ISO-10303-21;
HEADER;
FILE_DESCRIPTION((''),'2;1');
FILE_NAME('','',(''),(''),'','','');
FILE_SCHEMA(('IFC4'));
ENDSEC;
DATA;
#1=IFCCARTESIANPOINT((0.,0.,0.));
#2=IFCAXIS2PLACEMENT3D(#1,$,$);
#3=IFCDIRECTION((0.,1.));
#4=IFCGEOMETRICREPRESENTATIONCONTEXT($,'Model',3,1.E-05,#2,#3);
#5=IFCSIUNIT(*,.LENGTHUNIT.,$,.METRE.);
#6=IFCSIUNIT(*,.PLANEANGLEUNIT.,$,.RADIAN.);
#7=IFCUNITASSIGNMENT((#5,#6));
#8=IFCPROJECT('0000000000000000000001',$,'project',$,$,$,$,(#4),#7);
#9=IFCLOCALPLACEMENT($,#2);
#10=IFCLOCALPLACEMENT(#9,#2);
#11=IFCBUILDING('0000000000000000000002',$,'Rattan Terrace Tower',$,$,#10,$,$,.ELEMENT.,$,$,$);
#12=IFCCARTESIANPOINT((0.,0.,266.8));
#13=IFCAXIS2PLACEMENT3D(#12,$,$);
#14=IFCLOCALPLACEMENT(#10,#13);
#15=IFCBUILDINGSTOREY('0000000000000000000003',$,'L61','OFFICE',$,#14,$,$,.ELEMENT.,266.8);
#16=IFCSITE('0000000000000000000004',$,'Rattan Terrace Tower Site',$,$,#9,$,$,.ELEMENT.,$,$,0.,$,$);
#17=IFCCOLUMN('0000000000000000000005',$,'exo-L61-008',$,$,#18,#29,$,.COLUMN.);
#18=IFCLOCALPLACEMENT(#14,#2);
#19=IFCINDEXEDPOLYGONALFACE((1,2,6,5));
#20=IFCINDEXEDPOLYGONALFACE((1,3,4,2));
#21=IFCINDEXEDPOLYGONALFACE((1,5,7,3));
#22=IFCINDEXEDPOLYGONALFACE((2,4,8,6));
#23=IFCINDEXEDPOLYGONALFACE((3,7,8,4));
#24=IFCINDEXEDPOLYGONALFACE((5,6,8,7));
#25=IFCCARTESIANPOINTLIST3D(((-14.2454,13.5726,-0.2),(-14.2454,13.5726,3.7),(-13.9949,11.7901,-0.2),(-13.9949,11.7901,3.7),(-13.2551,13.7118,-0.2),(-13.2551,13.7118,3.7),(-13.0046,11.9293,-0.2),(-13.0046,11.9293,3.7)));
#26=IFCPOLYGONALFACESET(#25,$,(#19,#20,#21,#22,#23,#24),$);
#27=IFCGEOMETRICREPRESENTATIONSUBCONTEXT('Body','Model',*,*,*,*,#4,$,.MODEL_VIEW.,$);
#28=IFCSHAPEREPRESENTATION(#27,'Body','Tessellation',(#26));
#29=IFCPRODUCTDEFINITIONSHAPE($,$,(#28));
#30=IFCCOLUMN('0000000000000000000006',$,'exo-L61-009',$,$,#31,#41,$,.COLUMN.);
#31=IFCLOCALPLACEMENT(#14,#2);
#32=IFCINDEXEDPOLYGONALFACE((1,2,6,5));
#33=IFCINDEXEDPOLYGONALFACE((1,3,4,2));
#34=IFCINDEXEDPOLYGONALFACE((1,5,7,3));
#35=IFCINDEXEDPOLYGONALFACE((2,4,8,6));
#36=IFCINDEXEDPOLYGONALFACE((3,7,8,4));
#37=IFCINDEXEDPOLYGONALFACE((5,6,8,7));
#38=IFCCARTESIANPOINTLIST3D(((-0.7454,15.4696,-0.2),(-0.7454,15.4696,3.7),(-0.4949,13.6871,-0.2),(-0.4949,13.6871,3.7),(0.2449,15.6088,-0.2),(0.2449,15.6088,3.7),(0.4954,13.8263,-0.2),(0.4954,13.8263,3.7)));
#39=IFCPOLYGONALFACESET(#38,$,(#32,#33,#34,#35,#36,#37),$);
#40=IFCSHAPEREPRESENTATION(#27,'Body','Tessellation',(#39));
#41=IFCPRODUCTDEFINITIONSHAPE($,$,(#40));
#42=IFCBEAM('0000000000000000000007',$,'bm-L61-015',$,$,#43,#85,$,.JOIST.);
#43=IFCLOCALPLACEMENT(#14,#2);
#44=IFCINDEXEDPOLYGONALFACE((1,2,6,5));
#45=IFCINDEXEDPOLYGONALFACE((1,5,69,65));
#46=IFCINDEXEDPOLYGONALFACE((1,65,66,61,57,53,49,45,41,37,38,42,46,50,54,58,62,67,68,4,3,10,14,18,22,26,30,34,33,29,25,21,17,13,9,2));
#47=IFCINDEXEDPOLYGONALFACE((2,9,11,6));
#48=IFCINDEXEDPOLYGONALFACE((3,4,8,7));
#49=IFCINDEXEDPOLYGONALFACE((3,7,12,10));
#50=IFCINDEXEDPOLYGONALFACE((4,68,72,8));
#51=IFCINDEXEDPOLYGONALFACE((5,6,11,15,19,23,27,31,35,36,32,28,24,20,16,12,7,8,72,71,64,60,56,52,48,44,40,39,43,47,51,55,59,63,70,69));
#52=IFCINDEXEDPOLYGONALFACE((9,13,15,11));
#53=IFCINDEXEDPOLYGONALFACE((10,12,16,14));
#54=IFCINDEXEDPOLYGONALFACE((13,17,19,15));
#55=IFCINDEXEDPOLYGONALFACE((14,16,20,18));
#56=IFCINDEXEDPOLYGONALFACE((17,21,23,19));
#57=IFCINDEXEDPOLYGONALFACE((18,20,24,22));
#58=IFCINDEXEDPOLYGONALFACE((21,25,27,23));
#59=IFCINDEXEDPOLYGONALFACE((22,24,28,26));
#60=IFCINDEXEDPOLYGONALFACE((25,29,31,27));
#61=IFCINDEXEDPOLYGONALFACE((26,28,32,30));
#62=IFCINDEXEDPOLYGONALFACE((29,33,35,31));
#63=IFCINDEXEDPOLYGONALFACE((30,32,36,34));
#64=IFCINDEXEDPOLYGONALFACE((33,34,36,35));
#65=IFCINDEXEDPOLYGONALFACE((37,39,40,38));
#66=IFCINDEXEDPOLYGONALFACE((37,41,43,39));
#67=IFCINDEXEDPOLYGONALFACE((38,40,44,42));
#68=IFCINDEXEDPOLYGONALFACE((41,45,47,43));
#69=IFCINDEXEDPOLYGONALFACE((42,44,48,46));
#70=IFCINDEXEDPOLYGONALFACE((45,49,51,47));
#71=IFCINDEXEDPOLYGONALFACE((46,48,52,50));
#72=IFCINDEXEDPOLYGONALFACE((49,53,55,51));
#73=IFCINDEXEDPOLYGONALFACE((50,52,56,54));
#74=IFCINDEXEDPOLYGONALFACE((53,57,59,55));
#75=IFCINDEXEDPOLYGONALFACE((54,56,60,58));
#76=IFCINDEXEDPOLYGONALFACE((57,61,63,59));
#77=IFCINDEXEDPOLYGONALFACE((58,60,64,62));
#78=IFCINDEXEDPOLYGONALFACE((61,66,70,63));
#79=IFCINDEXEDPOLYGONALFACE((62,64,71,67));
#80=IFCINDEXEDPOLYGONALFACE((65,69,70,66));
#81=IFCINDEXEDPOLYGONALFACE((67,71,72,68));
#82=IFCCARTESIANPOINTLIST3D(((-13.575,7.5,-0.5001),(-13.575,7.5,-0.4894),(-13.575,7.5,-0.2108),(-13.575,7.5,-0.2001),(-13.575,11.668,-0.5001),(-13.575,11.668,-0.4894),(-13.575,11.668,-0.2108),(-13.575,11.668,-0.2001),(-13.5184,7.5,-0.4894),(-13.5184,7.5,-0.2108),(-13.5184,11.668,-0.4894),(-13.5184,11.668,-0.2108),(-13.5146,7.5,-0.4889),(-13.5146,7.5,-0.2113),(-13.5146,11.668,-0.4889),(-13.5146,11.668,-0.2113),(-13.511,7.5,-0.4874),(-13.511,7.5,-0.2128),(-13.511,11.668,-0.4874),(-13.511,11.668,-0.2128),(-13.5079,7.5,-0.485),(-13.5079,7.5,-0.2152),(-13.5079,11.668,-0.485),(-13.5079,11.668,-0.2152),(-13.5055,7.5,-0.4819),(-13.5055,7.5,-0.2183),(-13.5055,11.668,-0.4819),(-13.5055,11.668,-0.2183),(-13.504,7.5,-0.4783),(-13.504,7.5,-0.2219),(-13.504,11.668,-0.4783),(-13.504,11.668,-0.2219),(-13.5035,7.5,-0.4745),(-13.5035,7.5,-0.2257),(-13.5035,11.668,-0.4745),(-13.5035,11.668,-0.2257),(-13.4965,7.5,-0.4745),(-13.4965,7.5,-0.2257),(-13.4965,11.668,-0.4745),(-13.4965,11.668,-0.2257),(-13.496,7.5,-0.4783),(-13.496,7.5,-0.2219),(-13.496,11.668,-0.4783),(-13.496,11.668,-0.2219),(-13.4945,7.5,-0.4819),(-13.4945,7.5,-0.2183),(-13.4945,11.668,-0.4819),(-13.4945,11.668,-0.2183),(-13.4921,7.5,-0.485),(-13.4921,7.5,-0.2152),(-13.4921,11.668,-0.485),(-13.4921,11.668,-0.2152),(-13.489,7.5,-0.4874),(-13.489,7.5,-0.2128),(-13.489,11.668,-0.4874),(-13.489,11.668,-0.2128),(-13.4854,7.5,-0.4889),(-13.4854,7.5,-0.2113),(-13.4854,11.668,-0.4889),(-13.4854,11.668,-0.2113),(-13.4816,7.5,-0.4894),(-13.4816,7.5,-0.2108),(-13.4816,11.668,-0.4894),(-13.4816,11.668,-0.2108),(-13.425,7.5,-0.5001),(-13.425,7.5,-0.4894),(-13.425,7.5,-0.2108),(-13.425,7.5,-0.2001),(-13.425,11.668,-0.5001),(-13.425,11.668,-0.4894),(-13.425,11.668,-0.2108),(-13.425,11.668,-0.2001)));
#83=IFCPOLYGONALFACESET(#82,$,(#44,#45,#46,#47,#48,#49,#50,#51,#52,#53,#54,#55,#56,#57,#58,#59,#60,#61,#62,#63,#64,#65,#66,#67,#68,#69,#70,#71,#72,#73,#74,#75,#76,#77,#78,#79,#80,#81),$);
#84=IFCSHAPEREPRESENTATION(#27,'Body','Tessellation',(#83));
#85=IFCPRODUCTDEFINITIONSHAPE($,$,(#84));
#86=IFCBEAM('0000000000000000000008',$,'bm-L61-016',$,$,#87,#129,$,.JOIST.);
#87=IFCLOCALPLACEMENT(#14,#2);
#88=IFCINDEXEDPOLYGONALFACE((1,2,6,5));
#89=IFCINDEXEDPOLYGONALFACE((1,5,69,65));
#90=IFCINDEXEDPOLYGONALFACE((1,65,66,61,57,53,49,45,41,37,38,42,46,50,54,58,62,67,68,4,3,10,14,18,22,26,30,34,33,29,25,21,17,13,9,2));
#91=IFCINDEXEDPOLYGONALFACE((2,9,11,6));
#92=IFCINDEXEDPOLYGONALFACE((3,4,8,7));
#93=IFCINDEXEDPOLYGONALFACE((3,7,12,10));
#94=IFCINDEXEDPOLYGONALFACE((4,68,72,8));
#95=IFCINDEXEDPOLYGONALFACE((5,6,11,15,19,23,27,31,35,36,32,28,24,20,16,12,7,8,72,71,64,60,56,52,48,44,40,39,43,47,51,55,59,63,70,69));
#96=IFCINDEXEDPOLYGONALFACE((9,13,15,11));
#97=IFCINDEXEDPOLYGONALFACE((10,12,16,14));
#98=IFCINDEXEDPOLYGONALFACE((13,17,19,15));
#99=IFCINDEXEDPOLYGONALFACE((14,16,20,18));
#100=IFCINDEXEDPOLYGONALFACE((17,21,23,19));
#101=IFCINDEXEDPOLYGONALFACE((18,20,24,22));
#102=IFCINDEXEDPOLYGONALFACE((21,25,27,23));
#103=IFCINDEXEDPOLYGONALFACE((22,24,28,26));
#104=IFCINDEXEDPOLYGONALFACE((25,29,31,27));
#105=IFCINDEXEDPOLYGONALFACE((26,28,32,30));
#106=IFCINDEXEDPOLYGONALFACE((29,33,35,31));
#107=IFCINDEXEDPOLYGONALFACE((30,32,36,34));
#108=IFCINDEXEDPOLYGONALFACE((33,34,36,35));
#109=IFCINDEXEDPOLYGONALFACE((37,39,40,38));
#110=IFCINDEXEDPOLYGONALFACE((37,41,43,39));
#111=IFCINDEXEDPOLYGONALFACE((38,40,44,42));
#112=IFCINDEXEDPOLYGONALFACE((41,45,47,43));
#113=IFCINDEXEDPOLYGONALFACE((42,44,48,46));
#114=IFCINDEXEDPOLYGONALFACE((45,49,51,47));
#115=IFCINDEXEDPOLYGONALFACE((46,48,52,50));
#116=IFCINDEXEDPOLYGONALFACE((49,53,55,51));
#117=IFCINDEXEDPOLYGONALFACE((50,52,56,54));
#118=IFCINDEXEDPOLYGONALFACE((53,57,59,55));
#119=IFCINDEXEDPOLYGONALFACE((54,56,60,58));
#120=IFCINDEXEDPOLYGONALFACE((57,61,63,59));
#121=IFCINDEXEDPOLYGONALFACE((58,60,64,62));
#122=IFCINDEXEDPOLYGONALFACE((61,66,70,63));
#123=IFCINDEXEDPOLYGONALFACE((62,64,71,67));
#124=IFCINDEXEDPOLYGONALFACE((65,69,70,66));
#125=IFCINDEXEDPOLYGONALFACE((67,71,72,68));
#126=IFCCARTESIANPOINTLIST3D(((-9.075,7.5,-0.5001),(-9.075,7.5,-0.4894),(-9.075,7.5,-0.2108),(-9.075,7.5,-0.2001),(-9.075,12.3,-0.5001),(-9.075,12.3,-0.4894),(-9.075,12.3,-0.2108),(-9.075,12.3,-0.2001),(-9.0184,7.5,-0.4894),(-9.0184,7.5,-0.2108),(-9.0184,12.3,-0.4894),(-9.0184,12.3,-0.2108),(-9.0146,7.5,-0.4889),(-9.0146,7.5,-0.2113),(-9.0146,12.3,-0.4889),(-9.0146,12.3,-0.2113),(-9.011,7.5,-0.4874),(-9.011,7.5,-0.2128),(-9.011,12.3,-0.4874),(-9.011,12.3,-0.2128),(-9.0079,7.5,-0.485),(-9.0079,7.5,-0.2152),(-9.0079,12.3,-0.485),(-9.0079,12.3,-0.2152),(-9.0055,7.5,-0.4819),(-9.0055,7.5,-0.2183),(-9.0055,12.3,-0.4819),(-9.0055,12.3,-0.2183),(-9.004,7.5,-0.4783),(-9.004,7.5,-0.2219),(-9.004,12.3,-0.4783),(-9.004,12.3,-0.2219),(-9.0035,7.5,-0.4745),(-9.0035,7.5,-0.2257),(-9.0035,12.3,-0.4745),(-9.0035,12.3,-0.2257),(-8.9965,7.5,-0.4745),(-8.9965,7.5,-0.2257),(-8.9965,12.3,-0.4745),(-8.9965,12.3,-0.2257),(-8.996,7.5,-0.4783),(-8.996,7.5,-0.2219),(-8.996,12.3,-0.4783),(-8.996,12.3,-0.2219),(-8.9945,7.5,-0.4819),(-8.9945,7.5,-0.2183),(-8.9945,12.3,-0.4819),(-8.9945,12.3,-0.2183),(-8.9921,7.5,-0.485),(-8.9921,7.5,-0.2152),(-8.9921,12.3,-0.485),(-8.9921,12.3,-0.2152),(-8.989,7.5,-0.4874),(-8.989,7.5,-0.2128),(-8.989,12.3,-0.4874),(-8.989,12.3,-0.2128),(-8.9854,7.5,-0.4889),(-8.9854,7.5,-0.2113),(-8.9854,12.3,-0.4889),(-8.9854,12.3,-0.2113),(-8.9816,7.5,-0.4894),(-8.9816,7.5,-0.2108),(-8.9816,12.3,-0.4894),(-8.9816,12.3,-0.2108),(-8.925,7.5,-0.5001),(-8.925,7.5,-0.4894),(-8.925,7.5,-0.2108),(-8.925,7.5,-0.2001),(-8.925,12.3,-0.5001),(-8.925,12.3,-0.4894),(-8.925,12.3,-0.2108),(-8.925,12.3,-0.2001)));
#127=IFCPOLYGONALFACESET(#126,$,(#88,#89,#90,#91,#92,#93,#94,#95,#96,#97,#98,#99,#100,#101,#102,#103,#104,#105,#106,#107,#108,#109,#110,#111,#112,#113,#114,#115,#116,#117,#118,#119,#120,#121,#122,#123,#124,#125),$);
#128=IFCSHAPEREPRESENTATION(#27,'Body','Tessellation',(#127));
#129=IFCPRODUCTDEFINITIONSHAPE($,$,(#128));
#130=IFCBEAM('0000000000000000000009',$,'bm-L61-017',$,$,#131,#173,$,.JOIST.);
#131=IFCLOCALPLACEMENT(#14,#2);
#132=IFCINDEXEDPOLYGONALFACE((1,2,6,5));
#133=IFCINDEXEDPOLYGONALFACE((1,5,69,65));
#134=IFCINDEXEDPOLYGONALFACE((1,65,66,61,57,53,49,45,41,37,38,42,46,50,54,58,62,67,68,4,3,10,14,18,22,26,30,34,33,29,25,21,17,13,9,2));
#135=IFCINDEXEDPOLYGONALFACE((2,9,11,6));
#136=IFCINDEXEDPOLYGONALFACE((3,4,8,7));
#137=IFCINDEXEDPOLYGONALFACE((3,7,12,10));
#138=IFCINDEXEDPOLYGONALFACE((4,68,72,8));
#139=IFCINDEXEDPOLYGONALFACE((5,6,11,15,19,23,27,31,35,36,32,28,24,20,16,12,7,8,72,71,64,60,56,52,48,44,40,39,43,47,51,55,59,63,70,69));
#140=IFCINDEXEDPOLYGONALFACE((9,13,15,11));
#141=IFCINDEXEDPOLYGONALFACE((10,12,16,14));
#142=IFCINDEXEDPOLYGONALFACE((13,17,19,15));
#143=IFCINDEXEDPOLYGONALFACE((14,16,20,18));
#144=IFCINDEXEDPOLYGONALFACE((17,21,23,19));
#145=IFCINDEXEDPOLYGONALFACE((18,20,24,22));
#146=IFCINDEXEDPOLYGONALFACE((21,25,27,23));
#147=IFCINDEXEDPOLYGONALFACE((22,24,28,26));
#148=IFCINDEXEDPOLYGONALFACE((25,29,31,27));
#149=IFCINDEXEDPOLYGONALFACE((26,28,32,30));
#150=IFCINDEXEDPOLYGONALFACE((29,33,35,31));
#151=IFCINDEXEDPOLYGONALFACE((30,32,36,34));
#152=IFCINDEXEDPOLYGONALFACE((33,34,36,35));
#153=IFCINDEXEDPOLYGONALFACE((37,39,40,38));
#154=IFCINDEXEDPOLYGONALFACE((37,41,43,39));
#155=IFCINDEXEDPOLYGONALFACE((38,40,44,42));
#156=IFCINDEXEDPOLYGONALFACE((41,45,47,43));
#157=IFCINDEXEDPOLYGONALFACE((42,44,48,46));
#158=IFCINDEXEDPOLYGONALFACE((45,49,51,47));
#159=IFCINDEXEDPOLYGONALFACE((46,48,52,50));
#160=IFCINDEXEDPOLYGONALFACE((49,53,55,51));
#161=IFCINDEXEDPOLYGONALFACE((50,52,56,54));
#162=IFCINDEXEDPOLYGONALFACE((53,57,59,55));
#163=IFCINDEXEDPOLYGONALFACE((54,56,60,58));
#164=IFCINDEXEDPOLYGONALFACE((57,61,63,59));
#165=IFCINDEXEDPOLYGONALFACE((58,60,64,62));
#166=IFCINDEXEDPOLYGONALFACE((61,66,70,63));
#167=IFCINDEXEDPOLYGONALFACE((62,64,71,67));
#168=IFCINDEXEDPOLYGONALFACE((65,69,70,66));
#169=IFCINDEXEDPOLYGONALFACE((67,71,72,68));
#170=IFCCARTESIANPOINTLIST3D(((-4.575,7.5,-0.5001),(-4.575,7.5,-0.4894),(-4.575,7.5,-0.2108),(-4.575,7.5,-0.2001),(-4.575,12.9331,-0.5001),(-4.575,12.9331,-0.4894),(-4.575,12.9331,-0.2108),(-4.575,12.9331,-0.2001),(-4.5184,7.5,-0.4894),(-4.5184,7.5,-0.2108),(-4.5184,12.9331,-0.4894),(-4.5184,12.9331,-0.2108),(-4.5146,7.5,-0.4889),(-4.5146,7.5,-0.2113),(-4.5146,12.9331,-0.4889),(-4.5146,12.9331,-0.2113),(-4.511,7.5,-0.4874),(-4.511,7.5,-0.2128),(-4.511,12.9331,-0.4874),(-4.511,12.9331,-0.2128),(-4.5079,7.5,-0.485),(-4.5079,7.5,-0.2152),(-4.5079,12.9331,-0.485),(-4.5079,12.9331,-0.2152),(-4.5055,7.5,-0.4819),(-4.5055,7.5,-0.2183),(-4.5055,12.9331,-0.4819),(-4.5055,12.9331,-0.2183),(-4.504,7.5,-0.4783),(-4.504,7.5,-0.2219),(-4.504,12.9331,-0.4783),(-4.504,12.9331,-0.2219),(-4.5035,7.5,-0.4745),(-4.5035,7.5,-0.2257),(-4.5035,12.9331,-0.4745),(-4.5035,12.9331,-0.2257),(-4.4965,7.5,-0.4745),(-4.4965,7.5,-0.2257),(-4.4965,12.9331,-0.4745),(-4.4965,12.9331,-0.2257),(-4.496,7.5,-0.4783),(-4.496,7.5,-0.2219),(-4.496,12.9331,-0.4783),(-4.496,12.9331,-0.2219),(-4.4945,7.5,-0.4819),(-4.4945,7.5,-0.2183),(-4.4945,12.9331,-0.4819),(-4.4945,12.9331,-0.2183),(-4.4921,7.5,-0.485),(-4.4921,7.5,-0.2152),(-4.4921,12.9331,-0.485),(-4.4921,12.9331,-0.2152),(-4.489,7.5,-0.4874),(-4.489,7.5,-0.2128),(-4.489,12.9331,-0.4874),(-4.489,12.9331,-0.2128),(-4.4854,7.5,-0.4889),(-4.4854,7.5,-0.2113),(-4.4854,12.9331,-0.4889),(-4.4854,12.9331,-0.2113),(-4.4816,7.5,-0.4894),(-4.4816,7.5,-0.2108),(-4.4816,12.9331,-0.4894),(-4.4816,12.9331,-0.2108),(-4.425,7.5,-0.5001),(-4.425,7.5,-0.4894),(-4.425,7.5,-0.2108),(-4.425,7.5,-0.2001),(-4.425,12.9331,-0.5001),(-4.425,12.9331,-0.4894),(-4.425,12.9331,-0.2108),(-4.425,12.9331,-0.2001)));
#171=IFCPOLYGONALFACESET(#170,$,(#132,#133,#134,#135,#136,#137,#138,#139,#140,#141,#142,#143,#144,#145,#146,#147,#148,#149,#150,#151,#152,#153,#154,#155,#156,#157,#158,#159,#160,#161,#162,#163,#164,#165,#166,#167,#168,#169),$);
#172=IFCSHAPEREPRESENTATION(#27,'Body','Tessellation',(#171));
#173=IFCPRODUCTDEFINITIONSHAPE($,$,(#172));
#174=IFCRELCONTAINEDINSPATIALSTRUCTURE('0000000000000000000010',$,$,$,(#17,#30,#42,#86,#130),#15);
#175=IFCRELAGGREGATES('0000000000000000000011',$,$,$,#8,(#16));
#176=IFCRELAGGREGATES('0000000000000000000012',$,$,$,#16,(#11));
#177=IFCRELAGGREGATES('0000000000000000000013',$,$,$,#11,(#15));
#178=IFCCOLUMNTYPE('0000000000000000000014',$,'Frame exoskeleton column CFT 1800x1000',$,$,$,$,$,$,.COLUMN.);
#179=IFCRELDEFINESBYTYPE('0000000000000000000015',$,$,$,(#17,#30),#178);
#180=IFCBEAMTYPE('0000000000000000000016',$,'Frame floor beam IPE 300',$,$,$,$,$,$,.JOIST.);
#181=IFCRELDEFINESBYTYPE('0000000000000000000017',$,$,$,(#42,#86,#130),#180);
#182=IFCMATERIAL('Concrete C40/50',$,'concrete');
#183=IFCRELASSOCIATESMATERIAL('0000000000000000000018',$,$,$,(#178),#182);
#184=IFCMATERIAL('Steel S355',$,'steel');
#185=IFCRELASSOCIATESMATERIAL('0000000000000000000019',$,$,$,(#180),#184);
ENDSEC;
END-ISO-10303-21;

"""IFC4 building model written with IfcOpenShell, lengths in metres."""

from ifc_helpers import new_model, si_unit, direction, frame, origin, origin_2d, place, context, subcontext, project, spatial, rectangle, i_section, extrude, material, material_profile, profile_set, type_object, element, save


model = new_model("IFC4")

# Units and contexts
model_context = context("Model", 3, precision=1e-05, world=origin(), true_north=direction((0.0, 1.0)))
body_context = subcontext(model_context, "Body", "Model", "MODEL_VIEW")
ifc_project = project(units=[si_unit("LENGTHUNIT", "METRE"), si_unit("PLANEANGLEUNIT", "RADIAN")], contexts=[model_context])

# Site, building, storey
site_placement = place(None, origin())
site = spatial("IfcSite", under=ifc_project, at=site_placement, Name="Rattan Terrace Tower Site", CompositionType="ELEMENT", RefElevation=0.0)
building_placement = place(site_placement, origin())
building = spatial("IfcBuilding", under=site, at=building_placement, Name="Rattan Terrace Tower", CompositionType="ELEMENT")
storey_placement = place(building_placement, frame((0.0, 0.0, 266.8)))
storey = spatial("IfcBuildingStorey", under=building, at=storey_placement, Name="L61", Description="OFFICE", CompositionType="ELEMENT", Elevation=266.8)

# Columns
ifc_material_1 = material(Name="Concrete C40/50", Category="concrete")
ifc_material_profile_1 = material_profile(ifc_material_1, rectangle(XDim=1.0, YDim=1.8, at=origin_2d()), Name="CFT 1800x1000")
ifc_profile_set_1 = profile_set([ifc_material_profile_1], Name="Concrete C40/50")
column_type = type_object("IfcColumnType", Name="Frame exoskeleton column CFT 1800x1000", PredefinedType="COLUMN", material=ifc_profile_set_1)
for number, where, z_axis, x_axis, name in (
    (1, (-13.625, 12.751, -0.2), (0.0, 0.0, 1.0), (0.990266, 0.13919, 0.0), "exo-L61-008"),
    (2, (-0.125, 14.6479, -0.2), (0.0, 0.0, 1.0), (0.990266, 0.13919, 0.0), "exo-L61-009"),
):
    element("IfcColumn", number, at=place(storey_placement, frame(where, z_axis=z_axis, x_axis=x_axis)), inside=storey, type_object=column_type, Name=name, PredefinedType="COLUMN", context=body_context, shape_type="SweptSolid", body=[
        extrude(rectangle(XDim=1.0, YDim=1.8, at=origin_2d()), origin(), (0.0, 0.0, 1.0), 3.8999),
    ])

# Beams
ifc_material_2 = material(Name="Steel S355", Category="steel")
ifc_material_profile_2 = material_profile(ifc_material_2, i_section(OverallWidth=0.1499, OverallDepth=0.3, WebThickness=0.0071, FlangeThickness=0.0107, FilletRadius=0.0149, at=origin_2d()), Name="IPE 300")
ifc_profile_set_2 = profile_set([ifc_material_profile_2], Name="Steel S355")
beam_type_1 = type_object("IfcBeamType", Name="Frame floor beam IPE 300", PredefinedType="JOIST", material=ifc_profile_set_2)
beam_1_placement = place(storey_placement, frame((-13.5, 7.5, -0.3501), z_axis=(0.0, 1.0, 0.0), x_axis=(-1.0, 0.0, 0.0)))
element("IfcBeam", 3, at=beam_1_placement, inside=storey, type_object=beam_type_1, Name="bm-L61-015", PredefinedType="JOIST", context=body_context, shape_type="SweptSolid", body=[
    extrude(i_section(OverallWidth=0.1499, OverallDepth=0.3, WebThickness=0.0071, FlangeThickness=0.0107, FilletRadius=0.0149, at=origin_2d()), origin(), (0.0, 0.0, 1.0), 4.168),
])
beam_2_placement = place(storey_placement, frame((-9.0, 7.5, -0.3501), z_axis=(0.0, 1.0, 0.0), x_axis=(-1.0, 0.0, 0.0)))
element("IfcBeam", 4, at=beam_2_placement, inside=storey, type_object=beam_type_1, Name="bm-L61-016", PredefinedType="JOIST", context=body_context, shape_type="SweptSolid", body=[
    extrude(i_section(OverallWidth=0.1499, OverallDepth=0.3, WebThickness=0.0071, FlangeThickness=0.0107, FilletRadius=0.0149, at=origin_2d()), origin(), (0.0, 0.0, 1.0), 4.8),
])
beam_3_placement = place(storey_placement, frame((-4.5, 7.5, -0.3501), z_axis=(0.0, 1.0, 0.0), x_axis=(-1.0, 0.0, 0.0)))
element("IfcBeam", 5, at=beam_3_placement, inside=storey, type_object=beam_type_1, Name="bm-L61-017", PredefinedType="JOIST", context=body_context, shape_type="SweptSolid", body=[
    extrude(i_section(OverallWidth=0.1499, OverallDepth=0.3, WebThickness=0.0071, FlangeThickness=0.0107, FilletRadius=0.0149, at=origin_2d()), origin(), (0.0, 0.0, 1.0), 5.4331),
])

save(model, "model.ifc")
